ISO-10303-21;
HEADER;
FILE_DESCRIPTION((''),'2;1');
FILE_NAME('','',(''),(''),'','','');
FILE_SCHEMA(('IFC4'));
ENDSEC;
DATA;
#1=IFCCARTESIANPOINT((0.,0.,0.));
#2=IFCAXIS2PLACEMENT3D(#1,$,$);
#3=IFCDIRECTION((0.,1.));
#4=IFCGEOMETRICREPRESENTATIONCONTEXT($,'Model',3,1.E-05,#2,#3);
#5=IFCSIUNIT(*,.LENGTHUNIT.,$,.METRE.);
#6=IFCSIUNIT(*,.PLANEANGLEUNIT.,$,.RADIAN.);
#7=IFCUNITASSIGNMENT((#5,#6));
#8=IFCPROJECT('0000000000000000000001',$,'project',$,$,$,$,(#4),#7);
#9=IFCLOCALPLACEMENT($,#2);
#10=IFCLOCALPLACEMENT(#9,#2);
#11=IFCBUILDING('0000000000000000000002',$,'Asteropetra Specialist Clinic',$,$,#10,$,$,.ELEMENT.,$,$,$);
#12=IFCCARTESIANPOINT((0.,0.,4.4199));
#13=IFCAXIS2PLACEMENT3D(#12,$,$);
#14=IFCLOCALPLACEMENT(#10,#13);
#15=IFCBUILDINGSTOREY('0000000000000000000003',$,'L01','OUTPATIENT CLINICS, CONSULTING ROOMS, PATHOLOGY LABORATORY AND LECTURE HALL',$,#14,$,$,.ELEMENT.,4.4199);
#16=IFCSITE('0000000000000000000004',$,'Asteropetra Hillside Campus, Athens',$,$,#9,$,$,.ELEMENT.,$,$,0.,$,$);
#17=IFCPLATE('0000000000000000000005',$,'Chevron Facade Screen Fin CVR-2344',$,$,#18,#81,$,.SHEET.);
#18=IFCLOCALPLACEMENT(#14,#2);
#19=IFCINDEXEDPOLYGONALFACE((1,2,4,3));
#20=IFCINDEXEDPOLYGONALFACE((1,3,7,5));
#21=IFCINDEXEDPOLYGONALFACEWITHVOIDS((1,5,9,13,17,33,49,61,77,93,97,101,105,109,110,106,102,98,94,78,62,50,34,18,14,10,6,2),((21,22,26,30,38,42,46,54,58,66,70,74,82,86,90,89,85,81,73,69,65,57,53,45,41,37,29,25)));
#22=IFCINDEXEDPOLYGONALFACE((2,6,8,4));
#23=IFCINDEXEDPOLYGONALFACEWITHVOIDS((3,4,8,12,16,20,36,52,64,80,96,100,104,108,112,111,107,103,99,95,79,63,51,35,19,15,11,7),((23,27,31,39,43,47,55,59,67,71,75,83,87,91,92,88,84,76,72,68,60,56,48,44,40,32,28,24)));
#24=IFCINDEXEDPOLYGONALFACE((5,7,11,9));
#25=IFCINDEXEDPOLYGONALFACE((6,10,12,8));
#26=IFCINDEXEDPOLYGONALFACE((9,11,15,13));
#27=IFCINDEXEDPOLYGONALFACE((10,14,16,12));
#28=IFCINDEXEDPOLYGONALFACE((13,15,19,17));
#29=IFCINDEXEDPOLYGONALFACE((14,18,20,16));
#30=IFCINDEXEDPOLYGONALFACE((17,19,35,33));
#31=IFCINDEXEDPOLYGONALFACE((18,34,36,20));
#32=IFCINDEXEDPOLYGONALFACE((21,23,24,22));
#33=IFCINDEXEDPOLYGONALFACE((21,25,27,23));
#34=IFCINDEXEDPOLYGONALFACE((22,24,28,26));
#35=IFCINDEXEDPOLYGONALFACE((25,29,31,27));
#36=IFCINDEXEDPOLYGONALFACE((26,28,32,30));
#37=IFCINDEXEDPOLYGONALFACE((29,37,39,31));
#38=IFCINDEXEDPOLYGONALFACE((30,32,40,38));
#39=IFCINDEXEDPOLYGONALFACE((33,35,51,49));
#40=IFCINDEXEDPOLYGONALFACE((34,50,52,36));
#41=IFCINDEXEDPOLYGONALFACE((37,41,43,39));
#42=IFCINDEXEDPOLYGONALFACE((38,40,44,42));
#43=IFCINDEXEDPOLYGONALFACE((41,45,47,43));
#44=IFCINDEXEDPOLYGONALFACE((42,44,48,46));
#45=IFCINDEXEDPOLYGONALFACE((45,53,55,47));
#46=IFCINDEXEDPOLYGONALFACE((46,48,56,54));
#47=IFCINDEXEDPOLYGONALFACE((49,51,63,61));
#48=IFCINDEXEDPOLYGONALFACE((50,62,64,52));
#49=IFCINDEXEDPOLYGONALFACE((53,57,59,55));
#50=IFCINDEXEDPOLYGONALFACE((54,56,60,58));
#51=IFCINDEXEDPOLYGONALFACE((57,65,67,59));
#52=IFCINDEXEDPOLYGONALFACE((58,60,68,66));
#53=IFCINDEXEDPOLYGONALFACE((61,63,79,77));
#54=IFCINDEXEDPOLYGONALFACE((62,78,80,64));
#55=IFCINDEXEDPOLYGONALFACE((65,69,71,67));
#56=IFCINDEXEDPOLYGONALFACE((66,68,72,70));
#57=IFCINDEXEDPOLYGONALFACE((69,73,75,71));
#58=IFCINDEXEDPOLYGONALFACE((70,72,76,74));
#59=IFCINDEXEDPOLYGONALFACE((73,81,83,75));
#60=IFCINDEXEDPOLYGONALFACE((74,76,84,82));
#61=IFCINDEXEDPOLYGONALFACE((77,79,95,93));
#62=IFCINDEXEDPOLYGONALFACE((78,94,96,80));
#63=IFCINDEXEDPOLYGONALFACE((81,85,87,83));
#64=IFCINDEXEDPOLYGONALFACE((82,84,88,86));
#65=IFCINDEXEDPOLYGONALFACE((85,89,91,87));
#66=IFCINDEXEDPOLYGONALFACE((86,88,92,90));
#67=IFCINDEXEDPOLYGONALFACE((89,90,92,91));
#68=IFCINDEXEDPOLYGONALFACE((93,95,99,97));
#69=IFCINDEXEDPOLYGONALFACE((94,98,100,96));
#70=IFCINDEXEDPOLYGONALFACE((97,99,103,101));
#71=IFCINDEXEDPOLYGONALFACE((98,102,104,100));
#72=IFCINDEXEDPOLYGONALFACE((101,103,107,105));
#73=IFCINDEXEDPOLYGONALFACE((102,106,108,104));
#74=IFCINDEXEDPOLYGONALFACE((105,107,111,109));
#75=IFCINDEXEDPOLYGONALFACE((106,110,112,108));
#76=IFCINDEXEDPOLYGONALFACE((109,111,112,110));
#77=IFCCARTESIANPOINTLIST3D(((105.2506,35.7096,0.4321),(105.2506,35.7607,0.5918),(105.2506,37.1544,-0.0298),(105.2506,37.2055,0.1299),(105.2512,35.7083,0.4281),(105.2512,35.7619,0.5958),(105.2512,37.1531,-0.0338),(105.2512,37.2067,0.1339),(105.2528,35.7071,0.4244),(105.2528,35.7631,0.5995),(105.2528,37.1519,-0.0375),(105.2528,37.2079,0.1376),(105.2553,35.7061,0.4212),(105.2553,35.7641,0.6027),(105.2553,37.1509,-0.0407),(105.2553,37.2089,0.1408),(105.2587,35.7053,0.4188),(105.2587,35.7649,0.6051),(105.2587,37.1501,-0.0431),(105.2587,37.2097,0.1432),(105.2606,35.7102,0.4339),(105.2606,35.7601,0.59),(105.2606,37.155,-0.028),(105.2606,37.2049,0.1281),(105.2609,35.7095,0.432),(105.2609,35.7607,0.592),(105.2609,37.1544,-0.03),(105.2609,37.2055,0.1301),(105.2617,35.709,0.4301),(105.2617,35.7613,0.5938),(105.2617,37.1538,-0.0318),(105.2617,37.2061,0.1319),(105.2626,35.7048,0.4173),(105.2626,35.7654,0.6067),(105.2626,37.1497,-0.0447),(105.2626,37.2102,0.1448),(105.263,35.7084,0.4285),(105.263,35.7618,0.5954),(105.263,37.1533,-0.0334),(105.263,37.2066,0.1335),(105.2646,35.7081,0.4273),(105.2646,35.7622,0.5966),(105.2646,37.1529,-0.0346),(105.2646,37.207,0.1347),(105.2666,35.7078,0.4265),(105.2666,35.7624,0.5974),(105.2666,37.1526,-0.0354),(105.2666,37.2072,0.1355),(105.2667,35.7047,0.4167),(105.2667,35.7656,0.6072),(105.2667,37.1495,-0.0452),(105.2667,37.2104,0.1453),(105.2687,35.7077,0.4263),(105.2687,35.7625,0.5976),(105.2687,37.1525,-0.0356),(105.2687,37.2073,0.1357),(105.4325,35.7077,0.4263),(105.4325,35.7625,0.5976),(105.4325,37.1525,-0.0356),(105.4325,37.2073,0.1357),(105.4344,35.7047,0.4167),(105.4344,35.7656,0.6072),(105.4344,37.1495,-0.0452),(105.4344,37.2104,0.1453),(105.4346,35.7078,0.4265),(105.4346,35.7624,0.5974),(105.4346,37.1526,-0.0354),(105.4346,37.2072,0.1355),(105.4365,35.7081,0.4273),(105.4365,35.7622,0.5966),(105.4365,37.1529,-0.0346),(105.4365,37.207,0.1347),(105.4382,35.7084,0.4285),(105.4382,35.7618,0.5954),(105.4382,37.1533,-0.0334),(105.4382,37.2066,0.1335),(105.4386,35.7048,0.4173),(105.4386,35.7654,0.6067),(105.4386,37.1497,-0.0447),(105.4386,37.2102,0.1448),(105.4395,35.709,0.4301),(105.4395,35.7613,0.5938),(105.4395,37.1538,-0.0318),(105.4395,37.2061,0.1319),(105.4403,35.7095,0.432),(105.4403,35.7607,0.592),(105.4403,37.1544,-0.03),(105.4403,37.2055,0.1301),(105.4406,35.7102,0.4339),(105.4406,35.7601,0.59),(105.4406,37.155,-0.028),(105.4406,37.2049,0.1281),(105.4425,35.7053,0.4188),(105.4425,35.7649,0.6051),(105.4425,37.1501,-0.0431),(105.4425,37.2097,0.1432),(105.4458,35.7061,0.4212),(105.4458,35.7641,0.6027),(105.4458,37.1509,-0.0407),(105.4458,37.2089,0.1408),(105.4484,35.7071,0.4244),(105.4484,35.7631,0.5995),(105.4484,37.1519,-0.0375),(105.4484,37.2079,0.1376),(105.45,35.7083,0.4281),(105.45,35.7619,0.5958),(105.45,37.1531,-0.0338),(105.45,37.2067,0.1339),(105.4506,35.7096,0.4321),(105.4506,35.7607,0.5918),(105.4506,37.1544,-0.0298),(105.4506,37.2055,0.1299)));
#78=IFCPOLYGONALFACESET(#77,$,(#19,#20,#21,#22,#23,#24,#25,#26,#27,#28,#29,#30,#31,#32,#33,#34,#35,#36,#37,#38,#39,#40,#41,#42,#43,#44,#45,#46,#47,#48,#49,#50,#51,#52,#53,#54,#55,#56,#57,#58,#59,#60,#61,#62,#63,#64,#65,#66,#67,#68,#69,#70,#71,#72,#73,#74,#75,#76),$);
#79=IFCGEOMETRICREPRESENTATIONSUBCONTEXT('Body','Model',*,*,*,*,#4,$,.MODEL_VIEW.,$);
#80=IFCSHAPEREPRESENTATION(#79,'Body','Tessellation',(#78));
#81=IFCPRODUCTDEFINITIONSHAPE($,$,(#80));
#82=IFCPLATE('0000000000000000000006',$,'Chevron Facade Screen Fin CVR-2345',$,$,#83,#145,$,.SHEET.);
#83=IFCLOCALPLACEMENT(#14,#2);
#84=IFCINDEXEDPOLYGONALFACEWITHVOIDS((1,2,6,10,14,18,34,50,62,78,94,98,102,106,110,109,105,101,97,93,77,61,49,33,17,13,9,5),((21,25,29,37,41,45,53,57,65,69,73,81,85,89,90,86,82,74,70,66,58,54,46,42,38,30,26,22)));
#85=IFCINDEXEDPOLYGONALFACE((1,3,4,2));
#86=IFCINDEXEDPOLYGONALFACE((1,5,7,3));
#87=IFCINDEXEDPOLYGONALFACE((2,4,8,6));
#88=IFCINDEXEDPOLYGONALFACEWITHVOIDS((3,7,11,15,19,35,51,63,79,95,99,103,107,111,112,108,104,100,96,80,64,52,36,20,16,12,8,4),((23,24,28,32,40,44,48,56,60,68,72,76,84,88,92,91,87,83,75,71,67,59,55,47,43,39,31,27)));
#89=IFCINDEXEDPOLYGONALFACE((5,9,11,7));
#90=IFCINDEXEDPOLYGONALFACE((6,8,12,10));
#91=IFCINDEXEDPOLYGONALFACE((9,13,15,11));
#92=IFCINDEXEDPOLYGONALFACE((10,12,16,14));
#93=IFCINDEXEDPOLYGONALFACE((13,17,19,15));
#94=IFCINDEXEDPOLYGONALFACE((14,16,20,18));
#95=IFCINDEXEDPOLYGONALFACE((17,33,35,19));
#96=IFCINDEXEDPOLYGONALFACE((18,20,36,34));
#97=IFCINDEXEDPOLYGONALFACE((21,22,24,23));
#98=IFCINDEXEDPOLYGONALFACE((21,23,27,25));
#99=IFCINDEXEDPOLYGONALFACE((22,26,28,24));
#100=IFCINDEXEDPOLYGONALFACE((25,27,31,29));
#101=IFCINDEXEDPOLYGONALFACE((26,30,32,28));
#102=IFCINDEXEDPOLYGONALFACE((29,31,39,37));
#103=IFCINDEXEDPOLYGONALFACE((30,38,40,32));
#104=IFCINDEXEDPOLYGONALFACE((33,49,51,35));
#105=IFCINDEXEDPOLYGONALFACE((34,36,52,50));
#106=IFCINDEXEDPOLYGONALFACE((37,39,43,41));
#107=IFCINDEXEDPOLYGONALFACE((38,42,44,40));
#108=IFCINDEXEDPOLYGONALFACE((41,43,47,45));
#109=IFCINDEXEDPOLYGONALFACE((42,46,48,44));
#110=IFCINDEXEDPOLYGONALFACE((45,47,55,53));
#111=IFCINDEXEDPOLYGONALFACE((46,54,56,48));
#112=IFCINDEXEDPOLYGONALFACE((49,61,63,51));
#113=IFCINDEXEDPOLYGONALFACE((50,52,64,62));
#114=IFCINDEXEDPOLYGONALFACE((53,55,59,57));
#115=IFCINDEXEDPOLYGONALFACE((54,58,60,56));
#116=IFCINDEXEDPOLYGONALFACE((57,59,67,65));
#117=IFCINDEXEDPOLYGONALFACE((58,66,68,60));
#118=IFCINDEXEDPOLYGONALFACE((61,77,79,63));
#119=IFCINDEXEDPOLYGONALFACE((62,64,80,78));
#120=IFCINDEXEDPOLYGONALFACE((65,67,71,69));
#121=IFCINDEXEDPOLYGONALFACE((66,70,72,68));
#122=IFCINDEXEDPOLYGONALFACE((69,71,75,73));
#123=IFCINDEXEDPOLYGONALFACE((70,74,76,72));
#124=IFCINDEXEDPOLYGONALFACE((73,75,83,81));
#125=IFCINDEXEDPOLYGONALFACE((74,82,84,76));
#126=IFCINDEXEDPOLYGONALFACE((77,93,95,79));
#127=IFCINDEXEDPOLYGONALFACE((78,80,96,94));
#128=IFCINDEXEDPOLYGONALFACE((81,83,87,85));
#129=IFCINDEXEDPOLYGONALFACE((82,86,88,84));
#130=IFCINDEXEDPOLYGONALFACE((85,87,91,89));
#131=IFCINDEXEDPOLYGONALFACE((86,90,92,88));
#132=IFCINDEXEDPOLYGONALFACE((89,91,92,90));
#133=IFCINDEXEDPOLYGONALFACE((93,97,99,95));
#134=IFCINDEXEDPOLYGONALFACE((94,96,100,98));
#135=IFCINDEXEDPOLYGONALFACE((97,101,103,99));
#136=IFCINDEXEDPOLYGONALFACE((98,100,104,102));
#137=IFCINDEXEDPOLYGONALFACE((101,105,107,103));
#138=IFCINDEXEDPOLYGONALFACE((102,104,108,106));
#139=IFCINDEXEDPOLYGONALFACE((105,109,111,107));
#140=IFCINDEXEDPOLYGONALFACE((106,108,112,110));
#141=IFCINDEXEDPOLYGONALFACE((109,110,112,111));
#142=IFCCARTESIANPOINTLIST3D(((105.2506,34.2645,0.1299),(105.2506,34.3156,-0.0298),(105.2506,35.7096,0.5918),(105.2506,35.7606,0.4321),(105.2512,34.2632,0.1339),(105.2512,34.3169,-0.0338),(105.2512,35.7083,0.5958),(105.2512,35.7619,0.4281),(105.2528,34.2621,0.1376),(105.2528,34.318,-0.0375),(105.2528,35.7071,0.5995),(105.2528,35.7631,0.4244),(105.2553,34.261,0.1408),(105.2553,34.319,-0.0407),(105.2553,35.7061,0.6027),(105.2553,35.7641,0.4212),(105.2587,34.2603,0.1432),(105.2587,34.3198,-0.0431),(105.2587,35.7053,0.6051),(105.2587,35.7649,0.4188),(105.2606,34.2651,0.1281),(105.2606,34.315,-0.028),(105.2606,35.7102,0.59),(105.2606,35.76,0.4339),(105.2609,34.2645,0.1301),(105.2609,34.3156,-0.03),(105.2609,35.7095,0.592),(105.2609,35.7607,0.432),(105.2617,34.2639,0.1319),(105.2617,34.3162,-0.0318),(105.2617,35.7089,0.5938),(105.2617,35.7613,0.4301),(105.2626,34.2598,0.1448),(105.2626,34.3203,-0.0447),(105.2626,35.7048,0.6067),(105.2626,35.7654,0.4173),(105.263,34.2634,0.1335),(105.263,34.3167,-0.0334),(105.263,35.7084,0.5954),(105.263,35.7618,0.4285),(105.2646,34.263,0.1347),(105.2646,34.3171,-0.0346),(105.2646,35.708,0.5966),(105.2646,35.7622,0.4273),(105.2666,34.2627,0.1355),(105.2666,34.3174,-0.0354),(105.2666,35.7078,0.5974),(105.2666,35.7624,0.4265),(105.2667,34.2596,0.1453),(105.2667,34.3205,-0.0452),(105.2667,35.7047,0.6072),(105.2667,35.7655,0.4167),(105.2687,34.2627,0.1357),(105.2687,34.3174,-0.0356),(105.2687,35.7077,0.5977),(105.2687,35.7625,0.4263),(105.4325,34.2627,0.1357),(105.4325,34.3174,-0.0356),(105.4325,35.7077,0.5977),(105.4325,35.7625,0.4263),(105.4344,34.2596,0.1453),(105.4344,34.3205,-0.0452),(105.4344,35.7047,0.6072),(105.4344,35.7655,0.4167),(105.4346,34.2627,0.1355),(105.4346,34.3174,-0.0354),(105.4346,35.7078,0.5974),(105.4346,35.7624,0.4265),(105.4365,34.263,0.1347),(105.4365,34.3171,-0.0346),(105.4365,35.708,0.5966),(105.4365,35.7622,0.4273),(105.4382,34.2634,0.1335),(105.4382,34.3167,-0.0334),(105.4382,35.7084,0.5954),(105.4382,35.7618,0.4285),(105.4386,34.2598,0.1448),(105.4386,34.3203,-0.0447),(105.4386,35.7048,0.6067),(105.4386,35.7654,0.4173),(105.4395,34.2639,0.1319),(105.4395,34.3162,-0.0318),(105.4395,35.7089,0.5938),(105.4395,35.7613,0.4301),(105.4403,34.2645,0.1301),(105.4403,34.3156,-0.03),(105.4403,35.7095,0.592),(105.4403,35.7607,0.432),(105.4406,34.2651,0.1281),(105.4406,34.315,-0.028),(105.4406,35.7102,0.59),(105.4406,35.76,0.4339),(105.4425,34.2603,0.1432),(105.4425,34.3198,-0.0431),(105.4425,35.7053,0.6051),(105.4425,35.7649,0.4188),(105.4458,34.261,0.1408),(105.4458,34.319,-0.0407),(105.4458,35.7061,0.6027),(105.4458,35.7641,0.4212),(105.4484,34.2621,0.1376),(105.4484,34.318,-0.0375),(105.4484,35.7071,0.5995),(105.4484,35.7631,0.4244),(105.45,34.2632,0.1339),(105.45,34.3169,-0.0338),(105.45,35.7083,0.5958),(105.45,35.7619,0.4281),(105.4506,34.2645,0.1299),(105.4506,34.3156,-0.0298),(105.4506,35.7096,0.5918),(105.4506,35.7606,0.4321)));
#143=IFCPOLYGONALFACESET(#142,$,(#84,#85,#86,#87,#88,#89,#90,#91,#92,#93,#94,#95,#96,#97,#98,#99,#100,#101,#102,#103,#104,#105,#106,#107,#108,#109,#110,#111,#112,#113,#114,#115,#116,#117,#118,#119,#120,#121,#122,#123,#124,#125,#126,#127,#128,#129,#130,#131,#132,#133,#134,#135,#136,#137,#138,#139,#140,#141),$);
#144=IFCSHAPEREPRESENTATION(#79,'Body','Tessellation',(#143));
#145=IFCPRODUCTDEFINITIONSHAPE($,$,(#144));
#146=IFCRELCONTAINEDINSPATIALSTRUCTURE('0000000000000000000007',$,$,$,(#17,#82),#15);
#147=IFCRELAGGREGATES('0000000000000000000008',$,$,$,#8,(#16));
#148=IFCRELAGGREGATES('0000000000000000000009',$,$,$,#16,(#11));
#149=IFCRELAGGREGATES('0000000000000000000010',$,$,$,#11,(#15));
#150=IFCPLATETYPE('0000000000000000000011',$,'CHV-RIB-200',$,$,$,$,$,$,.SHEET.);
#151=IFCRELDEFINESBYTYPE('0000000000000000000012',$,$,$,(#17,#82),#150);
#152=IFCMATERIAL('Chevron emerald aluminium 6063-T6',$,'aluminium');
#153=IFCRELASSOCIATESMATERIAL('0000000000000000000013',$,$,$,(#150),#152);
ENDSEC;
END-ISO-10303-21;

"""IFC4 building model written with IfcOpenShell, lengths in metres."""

from ifc_helpers import new_model, si_unit, direction, frame, origin, origin_2d, place, context, subcontext, project, spatial, hollow_rectangle, extrude, material, material_profile, profile_set, type_object, element, save


model = new_model("IFC4")

# Units and contexts
model_context = context("Model", 3, precision=1e-05, world=origin(), true_north=direction((0.0, 1.0)))
body_context = subcontext(model_context, "Body", "Model", "MODEL_VIEW")
ifc_project = project(units=[si_unit("LENGTHUNIT", "METRE"), si_unit("PLANEANGLEUNIT", "RADIAN")], contexts=[model_context])

# Site, building, storey
site_placement = place(None, origin())
site = spatial("IfcSite", under=ifc_project, at=site_placement, Name="Asteropetra Hillside Campus, Athens", CompositionType="ELEMENT", RefElevation=0.0)
building_placement = place(site_placement, origin())
building = spatial("IfcBuilding", under=site, at=building_placement, Name="Asteropetra Specialist Clinic", CompositionType="ELEMENT")
storey_placement = place(building_placement, frame((0.0, 0.0, 4.4199)))
storey = spatial("IfcBuildingStorey", under=building, at=storey_placement, Name="L01", Description="OUTPATIENT CLINICS, CONSULTING ROOMS, PATHOLOGY LABORATORY AND LECTURE HALL", CompositionType="ELEMENT", Elevation=4.4199)

# Plates
ifc_material_1 = material(Name="Chevron emerald aluminium 6063-T6", Category="aluminium")
ifc_material_profile_1 = material_profile(ifc_material_1, hollow_rectangle(XDim=0.2, YDim=0.2, WallThickness=0.01, InnerFilletRadius=0.0081, OuterFilletRadius=0.0161, at=origin_2d()), Name="SHS 200x200x10.0")
ifc_profile_set_1 = profile_set([ifc_material_profile_1], Name="Chevron emerald aluminium 6063-T6")
plate_type = type_object("IfcPlateType", Name="CHV-RIB-200", PredefinedType="SHEET", material=ifc_profile_set_1)
plate_1_placement = place(storey_placement, frame((105.3506, 37.1799, 0.05), z_axis=(0.0, -0.952506, 0.304519), x_axis=(1.0, 0.0, 0.0)))
element("IfcPlate", 1, at=plate_1_placement, inside=storey, type_object=plate_type, Name="Chevron Facade Screen Fin CVR-2344", PredefinedType="SHEET", context=body_context, shape_type="SweptSolid", body=[
    extrude(hollow_rectangle(XDim=0.2, YDim=0.2, WallThickness=0.01, InnerFilletRadius=0.0081, OuterFilletRadius=0.0161, at=origin_2d()), origin(), (0.0, 0.0, 1.0), 1.5168),
])
plate_2_placement = place(storey_placement, frame((105.3506, 35.7351, 0.512), z_axis=(0.0, -0.952521, -0.304472), x_axis=(1.0, 0.0, 0.0)))
element("IfcPlate", 2, at=plate_2_placement, inside=storey, type_object=plate_type, Name="Chevron Facade Screen Fin CVR-2345", PredefinedType="SHEET", context=body_context, shape_type="SweptSolid", body=[
    extrude(hollow_rectangle(XDim=0.2, YDim=0.2, WallThickness=0.01, InnerFilletRadius=0.0081, OuterFilletRadius=0.0161, at=origin_2d()), origin(), (0.0, 0.0, 1.0), 1.5171),
])

save(model, "model.ifc")
